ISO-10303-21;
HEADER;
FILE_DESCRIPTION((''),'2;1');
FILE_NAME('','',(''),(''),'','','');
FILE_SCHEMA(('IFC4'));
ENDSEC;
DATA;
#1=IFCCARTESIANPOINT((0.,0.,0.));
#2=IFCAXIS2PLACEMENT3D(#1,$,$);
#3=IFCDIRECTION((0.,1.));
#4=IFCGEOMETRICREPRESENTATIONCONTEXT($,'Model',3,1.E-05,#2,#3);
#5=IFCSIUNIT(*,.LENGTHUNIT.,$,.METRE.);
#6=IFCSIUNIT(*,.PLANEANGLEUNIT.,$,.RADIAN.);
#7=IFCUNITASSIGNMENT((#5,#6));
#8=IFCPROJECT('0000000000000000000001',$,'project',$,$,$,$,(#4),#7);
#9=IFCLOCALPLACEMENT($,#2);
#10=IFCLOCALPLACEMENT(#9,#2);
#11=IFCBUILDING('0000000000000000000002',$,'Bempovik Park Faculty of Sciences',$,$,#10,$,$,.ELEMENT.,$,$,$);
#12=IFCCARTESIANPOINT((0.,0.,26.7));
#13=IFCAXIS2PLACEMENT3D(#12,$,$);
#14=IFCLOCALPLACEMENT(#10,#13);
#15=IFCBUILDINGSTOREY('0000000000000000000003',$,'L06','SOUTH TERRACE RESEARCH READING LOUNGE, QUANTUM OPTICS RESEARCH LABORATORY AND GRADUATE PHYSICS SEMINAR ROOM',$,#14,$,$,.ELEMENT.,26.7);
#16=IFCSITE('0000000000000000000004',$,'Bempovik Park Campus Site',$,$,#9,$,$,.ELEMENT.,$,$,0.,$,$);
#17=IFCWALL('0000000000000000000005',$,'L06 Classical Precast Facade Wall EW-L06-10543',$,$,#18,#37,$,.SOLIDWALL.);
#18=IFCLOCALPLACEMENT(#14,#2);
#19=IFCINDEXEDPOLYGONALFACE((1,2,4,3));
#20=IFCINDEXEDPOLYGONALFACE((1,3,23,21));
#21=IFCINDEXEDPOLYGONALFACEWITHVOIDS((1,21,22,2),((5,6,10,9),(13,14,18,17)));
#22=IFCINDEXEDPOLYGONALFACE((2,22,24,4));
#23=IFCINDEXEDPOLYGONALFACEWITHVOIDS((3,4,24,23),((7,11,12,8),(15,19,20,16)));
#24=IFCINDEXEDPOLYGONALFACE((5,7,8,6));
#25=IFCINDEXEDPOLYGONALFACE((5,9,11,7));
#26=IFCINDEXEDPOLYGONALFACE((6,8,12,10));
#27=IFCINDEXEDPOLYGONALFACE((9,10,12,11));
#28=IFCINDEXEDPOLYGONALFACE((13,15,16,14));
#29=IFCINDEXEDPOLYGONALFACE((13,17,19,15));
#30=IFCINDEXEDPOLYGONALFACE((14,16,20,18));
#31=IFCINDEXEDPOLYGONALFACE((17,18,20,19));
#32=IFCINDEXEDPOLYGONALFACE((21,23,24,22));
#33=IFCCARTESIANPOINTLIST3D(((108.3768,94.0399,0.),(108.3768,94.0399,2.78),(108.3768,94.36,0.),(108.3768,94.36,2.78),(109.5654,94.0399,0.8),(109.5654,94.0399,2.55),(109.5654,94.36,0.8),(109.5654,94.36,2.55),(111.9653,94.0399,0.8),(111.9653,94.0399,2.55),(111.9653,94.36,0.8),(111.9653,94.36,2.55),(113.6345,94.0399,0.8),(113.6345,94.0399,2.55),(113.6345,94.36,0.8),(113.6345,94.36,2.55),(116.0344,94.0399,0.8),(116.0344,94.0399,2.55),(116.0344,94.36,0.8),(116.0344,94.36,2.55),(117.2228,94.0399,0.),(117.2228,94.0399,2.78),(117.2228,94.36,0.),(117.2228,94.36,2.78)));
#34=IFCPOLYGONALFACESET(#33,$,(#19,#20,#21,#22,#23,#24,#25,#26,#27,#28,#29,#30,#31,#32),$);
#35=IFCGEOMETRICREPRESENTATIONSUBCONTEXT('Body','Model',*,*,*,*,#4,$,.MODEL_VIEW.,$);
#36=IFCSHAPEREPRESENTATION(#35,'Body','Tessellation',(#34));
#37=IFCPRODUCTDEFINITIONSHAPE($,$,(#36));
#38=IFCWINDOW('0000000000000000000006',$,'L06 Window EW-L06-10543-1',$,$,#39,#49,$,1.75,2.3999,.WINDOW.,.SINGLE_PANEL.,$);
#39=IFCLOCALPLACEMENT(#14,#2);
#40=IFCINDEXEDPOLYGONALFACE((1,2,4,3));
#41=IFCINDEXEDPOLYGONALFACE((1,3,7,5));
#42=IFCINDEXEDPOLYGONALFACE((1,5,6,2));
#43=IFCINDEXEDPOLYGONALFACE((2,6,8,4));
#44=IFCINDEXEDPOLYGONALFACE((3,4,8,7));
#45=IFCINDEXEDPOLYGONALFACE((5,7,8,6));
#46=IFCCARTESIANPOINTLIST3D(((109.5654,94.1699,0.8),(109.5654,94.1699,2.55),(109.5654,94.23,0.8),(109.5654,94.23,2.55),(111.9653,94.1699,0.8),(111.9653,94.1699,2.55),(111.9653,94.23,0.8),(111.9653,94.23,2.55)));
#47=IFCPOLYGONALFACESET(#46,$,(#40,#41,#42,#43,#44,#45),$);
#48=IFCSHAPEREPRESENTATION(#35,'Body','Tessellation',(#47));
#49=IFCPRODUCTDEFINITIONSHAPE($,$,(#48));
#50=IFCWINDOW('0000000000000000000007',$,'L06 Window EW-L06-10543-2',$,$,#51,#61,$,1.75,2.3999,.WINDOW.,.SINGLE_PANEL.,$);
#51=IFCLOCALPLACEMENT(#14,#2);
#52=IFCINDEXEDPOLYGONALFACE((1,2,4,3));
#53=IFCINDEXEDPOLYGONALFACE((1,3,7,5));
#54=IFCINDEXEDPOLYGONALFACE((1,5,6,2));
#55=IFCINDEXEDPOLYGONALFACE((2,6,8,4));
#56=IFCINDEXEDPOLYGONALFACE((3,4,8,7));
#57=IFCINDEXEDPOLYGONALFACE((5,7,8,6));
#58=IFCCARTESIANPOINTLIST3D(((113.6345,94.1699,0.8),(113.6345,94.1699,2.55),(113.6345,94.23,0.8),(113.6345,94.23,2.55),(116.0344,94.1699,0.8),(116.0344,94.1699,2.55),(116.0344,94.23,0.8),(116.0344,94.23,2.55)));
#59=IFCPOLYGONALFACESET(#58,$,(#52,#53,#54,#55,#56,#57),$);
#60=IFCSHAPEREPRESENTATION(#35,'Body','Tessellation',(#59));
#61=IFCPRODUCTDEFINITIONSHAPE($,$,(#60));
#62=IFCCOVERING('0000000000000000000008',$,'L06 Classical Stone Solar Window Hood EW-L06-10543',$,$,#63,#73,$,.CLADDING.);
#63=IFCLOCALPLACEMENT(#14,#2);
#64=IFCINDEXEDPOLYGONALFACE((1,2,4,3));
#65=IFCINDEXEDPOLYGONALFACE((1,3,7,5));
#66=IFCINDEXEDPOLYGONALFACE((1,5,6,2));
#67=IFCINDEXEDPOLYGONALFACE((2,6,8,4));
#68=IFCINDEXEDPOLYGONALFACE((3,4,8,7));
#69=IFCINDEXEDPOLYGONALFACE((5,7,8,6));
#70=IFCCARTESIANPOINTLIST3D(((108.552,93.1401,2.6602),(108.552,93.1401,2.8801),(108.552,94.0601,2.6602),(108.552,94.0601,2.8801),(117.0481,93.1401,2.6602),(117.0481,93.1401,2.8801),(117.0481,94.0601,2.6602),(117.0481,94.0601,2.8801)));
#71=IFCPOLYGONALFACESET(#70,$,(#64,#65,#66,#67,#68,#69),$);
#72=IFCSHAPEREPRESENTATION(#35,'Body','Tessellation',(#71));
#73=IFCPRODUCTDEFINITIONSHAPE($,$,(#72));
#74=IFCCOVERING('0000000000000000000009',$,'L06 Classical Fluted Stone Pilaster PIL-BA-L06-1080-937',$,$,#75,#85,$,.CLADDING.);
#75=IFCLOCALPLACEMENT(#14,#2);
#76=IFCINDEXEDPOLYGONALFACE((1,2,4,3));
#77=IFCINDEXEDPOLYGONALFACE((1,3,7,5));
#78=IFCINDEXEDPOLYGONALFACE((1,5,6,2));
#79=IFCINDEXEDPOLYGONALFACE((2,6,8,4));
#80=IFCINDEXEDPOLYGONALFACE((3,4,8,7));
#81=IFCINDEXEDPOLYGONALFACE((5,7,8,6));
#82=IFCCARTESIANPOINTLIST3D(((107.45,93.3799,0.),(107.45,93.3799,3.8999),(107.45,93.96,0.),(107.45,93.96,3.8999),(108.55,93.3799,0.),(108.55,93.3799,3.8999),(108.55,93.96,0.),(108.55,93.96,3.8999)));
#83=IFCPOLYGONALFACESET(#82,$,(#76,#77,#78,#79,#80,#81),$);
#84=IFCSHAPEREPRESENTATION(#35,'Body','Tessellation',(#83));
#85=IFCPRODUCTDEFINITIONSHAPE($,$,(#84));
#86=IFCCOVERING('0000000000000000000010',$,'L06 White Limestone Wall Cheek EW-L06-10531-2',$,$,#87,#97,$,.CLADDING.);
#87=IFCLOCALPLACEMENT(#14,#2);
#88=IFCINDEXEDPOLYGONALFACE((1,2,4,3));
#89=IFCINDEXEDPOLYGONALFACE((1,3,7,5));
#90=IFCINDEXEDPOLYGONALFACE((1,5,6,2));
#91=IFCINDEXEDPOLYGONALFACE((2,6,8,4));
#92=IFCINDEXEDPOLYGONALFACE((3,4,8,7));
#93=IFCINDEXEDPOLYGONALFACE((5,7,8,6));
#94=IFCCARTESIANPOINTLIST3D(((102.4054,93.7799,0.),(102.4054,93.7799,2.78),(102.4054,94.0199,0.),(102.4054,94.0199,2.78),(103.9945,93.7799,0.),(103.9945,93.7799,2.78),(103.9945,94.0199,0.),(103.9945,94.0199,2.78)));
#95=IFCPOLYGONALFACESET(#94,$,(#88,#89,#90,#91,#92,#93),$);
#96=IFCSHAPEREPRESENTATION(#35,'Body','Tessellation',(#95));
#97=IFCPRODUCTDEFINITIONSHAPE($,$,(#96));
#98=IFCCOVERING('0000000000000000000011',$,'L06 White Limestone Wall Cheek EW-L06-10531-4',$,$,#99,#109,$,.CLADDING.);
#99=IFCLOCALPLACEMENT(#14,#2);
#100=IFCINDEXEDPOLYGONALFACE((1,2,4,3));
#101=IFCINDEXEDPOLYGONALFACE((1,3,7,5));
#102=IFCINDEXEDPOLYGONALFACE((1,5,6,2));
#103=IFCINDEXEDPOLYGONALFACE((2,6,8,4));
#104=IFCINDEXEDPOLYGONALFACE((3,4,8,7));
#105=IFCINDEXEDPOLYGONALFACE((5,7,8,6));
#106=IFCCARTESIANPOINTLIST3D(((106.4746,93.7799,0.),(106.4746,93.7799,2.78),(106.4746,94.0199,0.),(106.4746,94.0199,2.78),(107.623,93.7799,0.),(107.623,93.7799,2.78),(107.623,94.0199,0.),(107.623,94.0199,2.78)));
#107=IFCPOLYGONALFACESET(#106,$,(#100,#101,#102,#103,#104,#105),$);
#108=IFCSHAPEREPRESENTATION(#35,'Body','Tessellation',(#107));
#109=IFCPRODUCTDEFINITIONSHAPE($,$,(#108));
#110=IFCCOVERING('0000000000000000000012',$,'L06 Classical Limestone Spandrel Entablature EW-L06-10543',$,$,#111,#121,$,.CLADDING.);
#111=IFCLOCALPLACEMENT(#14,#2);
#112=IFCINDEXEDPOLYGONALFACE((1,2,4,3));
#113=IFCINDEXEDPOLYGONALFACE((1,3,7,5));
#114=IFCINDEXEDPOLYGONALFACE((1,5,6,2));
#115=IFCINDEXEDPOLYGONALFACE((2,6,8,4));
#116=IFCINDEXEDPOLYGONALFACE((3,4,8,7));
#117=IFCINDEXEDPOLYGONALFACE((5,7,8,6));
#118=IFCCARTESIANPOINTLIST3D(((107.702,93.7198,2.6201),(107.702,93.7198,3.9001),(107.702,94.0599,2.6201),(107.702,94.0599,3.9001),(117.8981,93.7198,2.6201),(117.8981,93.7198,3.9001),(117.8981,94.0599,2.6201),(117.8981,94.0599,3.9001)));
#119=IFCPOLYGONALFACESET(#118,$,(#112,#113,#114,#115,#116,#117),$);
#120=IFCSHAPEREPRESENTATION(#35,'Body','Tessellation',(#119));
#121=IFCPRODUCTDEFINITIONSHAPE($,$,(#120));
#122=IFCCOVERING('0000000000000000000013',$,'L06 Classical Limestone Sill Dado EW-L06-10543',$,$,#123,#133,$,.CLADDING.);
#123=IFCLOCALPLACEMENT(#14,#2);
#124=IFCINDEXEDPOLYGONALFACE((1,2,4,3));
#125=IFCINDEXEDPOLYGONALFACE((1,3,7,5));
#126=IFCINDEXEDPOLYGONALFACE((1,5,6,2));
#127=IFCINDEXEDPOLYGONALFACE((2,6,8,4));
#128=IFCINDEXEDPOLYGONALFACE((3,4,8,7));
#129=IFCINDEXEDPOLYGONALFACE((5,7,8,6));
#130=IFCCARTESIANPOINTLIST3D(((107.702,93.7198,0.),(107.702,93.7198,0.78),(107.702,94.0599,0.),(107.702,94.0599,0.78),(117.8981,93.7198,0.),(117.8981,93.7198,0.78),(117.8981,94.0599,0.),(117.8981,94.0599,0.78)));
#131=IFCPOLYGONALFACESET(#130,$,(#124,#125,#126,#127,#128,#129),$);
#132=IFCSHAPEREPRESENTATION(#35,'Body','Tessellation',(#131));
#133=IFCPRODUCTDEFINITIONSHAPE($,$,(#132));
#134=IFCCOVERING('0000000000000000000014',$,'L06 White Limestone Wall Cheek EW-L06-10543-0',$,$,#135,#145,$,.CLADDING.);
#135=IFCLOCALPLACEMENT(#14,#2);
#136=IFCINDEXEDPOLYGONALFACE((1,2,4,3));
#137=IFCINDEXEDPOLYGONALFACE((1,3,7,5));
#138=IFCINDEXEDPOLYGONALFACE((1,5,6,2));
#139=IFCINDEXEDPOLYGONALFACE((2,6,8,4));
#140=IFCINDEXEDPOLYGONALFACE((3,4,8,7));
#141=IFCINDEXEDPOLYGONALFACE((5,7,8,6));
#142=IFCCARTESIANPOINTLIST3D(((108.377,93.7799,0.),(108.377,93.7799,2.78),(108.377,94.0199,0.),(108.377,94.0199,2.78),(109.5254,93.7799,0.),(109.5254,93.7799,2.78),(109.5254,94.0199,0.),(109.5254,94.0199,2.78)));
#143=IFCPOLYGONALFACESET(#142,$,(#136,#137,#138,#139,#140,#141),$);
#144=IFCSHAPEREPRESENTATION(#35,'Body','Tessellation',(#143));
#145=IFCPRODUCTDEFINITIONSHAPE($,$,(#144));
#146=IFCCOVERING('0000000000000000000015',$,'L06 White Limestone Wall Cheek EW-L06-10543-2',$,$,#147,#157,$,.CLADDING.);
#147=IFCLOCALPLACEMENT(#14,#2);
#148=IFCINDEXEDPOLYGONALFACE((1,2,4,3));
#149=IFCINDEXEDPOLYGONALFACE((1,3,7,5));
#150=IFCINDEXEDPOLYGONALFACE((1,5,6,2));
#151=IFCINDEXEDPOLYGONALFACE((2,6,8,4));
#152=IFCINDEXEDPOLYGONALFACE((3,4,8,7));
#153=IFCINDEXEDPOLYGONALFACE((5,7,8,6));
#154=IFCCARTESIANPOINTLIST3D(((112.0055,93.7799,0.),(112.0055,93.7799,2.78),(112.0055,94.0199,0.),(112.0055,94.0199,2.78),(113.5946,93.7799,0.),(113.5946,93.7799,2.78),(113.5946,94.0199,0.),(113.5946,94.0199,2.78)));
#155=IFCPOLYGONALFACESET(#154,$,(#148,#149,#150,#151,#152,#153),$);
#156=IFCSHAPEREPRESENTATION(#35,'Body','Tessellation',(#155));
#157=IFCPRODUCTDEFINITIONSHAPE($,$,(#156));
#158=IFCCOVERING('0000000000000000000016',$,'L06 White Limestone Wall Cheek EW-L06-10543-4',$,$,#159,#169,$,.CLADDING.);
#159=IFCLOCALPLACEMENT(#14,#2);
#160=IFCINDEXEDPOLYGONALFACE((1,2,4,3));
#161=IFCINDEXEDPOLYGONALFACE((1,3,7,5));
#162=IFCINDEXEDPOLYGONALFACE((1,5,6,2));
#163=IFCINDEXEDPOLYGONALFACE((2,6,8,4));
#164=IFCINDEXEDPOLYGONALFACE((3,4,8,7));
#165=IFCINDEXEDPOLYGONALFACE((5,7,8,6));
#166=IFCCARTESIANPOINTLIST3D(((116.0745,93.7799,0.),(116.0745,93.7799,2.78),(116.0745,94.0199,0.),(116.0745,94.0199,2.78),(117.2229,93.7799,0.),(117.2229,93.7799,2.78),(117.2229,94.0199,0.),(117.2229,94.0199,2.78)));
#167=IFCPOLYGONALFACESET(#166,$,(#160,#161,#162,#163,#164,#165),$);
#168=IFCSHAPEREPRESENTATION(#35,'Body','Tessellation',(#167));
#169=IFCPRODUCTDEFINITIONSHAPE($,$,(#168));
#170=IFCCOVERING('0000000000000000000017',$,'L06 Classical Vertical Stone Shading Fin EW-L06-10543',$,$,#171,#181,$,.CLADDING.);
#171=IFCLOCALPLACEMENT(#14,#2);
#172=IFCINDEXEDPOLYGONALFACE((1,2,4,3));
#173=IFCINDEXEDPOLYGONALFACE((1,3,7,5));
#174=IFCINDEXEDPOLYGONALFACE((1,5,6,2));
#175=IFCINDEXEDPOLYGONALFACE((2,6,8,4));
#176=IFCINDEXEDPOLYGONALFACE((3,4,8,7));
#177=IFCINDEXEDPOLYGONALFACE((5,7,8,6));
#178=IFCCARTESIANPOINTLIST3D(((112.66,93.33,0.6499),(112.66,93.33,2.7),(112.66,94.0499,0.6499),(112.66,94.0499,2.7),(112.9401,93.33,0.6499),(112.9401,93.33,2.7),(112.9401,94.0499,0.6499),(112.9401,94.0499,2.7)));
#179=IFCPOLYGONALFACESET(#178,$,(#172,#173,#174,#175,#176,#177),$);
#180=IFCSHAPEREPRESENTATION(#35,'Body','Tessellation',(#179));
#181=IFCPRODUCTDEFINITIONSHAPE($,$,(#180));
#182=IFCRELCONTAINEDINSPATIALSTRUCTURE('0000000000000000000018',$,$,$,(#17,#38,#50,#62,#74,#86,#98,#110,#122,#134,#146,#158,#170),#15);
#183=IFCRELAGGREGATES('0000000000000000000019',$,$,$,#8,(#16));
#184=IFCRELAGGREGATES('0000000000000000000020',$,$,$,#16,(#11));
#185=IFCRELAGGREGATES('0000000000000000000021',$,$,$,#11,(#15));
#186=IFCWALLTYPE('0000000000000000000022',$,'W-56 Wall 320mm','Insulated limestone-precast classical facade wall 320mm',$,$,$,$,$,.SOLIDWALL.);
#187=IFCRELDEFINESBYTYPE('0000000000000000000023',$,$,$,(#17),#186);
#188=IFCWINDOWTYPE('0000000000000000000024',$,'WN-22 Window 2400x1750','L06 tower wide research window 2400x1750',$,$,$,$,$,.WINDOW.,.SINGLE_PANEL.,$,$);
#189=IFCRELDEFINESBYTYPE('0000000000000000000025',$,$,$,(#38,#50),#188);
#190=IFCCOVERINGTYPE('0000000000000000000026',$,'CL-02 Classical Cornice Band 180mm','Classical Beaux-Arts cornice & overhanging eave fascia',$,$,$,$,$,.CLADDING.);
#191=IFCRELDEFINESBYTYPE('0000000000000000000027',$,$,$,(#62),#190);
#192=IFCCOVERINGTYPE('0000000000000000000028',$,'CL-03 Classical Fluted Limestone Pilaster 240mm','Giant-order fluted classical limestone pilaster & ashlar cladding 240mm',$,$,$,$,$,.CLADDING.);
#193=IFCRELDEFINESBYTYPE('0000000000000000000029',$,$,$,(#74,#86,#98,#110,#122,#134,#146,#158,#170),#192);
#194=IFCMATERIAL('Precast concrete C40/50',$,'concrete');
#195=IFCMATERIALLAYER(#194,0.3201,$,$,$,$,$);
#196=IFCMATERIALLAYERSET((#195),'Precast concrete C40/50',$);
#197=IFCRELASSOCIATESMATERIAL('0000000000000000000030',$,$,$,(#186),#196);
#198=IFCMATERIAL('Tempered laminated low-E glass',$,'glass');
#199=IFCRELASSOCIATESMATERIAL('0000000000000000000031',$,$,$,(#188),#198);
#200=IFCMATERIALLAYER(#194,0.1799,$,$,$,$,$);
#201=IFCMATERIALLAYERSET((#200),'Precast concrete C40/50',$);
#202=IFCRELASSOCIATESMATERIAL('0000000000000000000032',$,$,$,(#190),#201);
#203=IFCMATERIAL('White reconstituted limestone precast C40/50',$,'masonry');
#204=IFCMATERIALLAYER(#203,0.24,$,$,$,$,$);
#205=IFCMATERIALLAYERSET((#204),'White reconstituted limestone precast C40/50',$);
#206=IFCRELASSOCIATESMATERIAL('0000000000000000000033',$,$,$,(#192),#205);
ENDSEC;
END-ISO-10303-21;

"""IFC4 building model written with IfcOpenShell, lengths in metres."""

from ifc_helpers import new_model, si_unit, direction, frame, frame_2d, origin, origin_2d, place, context, subcontext, project, spatial, rectangle, extrude, material, layer, layer_set, type_object, element, fill, save


model = new_model("IFC4")

# Units and contexts
model_context = context("Model", 3, precision=1e-05, world=origin(), true_north=direction((0.0, 1.0)))
body_context = subcontext(model_context, "Body", "Model", "MODEL_VIEW")
ifc_project = project(units=[si_unit("LENGTHUNIT", "METRE"), si_unit("PLANEANGLEUNIT", "RADIAN")], contexts=[model_context])

# Site, building, storey
site_placement = place(None, origin())
site = spatial("IfcSite", under=ifc_project, at=site_placement, Name="Bempovik Park Campus Site", CompositionType="ELEMENT", RefElevation=0.0)
building_placement = place(site_placement, origin())
building = spatial("IfcBuilding", under=site, at=building_placement, Name="Bempovik Park Faculty of Sciences", CompositionType="ELEMENT")
storey_placement = place(building_placement, frame((0.0, 0.0, 26.7)))
storey = spatial("IfcBuildingStorey", under=building, at=storey_placement, Name="L06", Description="SOUTH TERRACE RESEARCH READING LOUNGE, QUANTUM OPTICS RESEARCH LABORATORY AND GRADUATE PHYSICS SEMINAR ROOM", CompositionType="ELEMENT", Elevation=26.7)

# Wall, openings, windows
ifc_material_1 = material(Name="Precast concrete C40/50", Category="concrete")
ifc_layer_1 = layer(ifc_material_1, 0.3201)
ifc_layer_set_1 = layer_set([ifc_layer_1], Name="Precast concrete C40/50")
wall_type_1 = type_object("IfcWallType", Name="W-56 Wall 320mm", Description="Insulated limestone-precast classical facade wall 320mm", PredefinedType="SOLIDWALL", material=ifc_layer_set_1)
wall_1_placement = place(storey_placement, frame((108.377, 94.2, 0.0), z_axis=(0.0, 0.0, 1.0), x_axis=(1.0, 0.0, 0.0)))
wall_1 = element("IfcWall", 1, at=wall_1_placement, inside=storey, type_object=wall_type_1, Name="L06 Classical Precast Facade Wall EW-L06-10543", PredefinedType="SOLIDWALL", context=body_context, shape_type="SweptSolid", body=[
    extrude(rectangle(XDim=8.8459, YDim=0.3201, at=frame_2d((4.4229, 0.0))), origin(), (0.0, 0.0, 1.0), 2.78),
])
opening_1_placement = place(wall_1_placement, frame((1.1885, 0.0, 0.8)))
opening_1 = element("IfcOpeningElement", 2, at=opening_1_placement, cuts=wall_1, PredefinedType="OPENING", context=body_context, shape_type="SweptSolid", body=[
    extrude(rectangle(XDim=2.3999, YDim=1.75, at=frame_2d((1.2, 0.875))), frame((0.0, 0.1699, 0.0), z_axis=(0.0, -1.0, 0.0), x_axis=(1.0, 0.0, 0.0)), (0.0, 0.0, 1.0), 0.3401),
])
opening_2_placement = place(wall_1_placement, frame((5.2576, 0.0, 0.8)))
opening_2 = element("IfcOpeningElement", 3, at=opening_2_placement, cuts=wall_1, PredefinedType="OPENING", context=body_context, shape_type="SweptSolid", body=[
    extrude(rectangle(XDim=2.3999, YDim=1.75, at=frame_2d((1.2, 0.875))), frame((0.0, 0.1699, 0.0), z_axis=(0.0, -1.0, 0.0), x_axis=(1.0, 0.0, 0.0)), (0.0, 0.0, 1.0), 0.3401),
])
ifc_material_2 = material(Name="Tempered laminated low-E glass", Category="glass")
window_type = type_object("IfcWindowType", Name="WN-22 Window 2400x1750", Description="L06 tower wide research window 2400x1750", PartitioningType="SINGLE_PANEL", PredefinedType="WINDOW", material=ifc_material_2)
window_1_placement = place(opening_1_placement, origin())
window_1 = element("IfcWindow", 4, at=window_1_placement, inside=storey, type_object=window_type, Name="L06 Window EW-L06-10543-1", OverallHeight=1.75, OverallWidth=2.3999, PartitioningType="SINGLE_PANEL", PredefinedType="WINDOW", context=body_context, shape_type="SweptSolid", body=[
    extrude(rectangle(XDim=2.3999, YDim=1.75, at=frame_2d((1.2, 0.875))), frame((0.0, 0.03, 0.0), z_axis=(0.0, -1.0, 0.0), x_axis=(1.0, 0.0, 0.0)), (0.0, 0.0, 1.0), 0.0601),
])
fill(opening_1, window_1)
window_2_placement = place(opening_2_placement, origin())
window_2 = element("IfcWindow", 5, at=window_2_placement, inside=storey, type_object=window_type, Name="L06 Window EW-L06-10543-2", OverallHeight=1.75, OverallWidth=2.3999, PartitioningType="SINGLE_PANEL", PredefinedType="WINDOW", context=body_context, shape_type="SweptSolid", body=[
    extrude(rectangle(XDim=2.3999, YDim=1.75, at=frame_2d((1.2, 0.875))), frame((0.0, 0.03, 0.0), z_axis=(0.0, -1.0, 0.0), x_axis=(1.0, 0.0, 0.0)), (0.0, 0.0, 1.0), 0.0601),
])
fill(opening_2, window_2)

# Coverings
ifc_layer_2 = layer(ifc_material_1, 0.1799)
ifc_layer_set_2 = layer_set([ifc_layer_2], Name="Precast concrete C40/50")
covering_type_1 = type_object("IfcCoveringType", Name="CL-02 Classical Cornice Band 180mm", Description="Classical Beaux-Arts cornice & overhanging eave fascia", PredefinedType="CLADDING", material=ifc_layer_set_2)
covering_1_placement = place(storey_placement, frame((112.8, 93.6001, 2.6602), z_axis=(0.0, 0.0, 1.0), x_axis=(1.0, 0.0, 0.0)))
element("IfcCovering", 6, at=covering_1_placement, inside=storey, type_object=covering_type_1, Name="L06 Classical Stone Solar Window Hood EW-L06-10543", PredefinedType="CLADDING", context=body_context, shape_type="SweptSolid", body=[
    extrude(rectangle(XDim=8.4961, YDim=0.9199, at=origin_2d()), origin(), (0.0, 0.0, 1.0), 0.22),
])
ifc_material_3 = material(Name="White reconstituted limestone precast C40/50", Category="masonry")
ifc_layer_3 = layer(ifc_material_3, 0.24)
ifc_layer_set_3 = layer_set([ifc_layer_3], Name="White reconstituted limestone precast C40/50")
covering_type_2 = type_object("IfcCoveringType", Name="CL-03 Classical Fluted Limestone Pilaster 240mm", Description="Giant-order fluted classical limestone pilaster & ashlar cladding 240mm", PredefinedType="CLADDING", material=ifc_layer_set_3)
covering_2_placement = place(storey_placement, frame((108.0, 93.6699, 0.0), z_axis=(0.0, 0.0, 1.0), x_axis=(1.0, 0.0, 0.0)))
element("IfcCovering", 7, at=covering_2_placement, inside=storey, type_object=covering_type_2, Name="L06 Classical Fluted Stone Pilaster PIL-BA-L06-1080-937", PredefinedType="CLADDING", context=body_context, shape_type="SweptSolid", body=[
    extrude(rectangle(XDim=1.1001, YDim=0.5801, at=origin_2d()), origin(), (0.0, 0.0, 1.0), 3.8999),
])
covering_3_placement = place(storey_placement, frame((103.2, 93.8999, 0.0), z_axis=(0.0, 0.0, 1.0), x_axis=(1.0, 0.0, 0.0)))
element("IfcCovering", 8, at=covering_3_placement, inside=storey, type_object=covering_type_2, Name="L06 White Limestone Wall Cheek EW-L06-10531-2", PredefinedType="CLADDING", context=body_context, shape_type="SweptSolid", body=[
    extrude(rectangle(XDim=1.5891, YDim=0.24, at=origin_2d()), origin(), (0.0, 0.0, 1.0), 2.78),
])
covering_4_placement = place(storey_placement, frame((107.0488, 93.8999, 0.0), z_axis=(0.0, 0.0, 1.0), x_axis=(1.0, 0.0, 0.0)))
element("IfcCovering", 9, at=covering_4_placement, inside=storey, type_object=covering_type_2, Name="L06 White Limestone Wall Cheek EW-L06-10531-4", PredefinedType="CLADDING", context=body_context, shape_type="SweptSolid", body=[
    extrude(rectangle(XDim=1.1484, YDim=0.24, at=origin_2d()), origin(), (0.0, 0.0, 1.0), 2.78),
])
covering_5_placement = place(storey_placement, frame((112.8, 93.8899, 2.6201), z_axis=(0.0, 0.0, 1.0), x_axis=(1.0, 0.0, 0.0)))
element("IfcCovering", 10, at=covering_5_placement, inside=storey, type_object=covering_type_2, Name="L06 Classical Limestone Spandrel Entablature EW-L06-10543", PredefinedType="CLADDING", context=body_context, shape_type="SweptSolid", body=[
    extrude(rectangle(XDim=10.196, YDim=0.3401, at=origin_2d()), origin(), (0.0, 0.0, 1.0), 1.28),
])
covering_6_placement = place(storey_placement, frame((112.8, 93.8899, 0.0), z_axis=(0.0, 0.0, 1.0), x_axis=(1.0, 0.0, 0.0)))
element("IfcCovering", 11, at=covering_6_placement, inside=storey, type_object=covering_type_2, Name="L06 Classical Limestone Sill Dado EW-L06-10543", PredefinedType="CLADDING", context=body_context, shape_type="SweptSolid", body=[
    extrude(rectangle(XDim=10.196, YDim=0.3401, at=origin_2d()), origin(), (0.0, 0.0, 1.0), 0.78),
])
covering_7_placement = place(storey_placement, frame((108.9512, 93.8999, 0.0), z_axis=(0.0, 0.0, 1.0), x_axis=(1.0, 0.0, 0.0)))
element("IfcCovering", 12, at=covering_7_placement, inside=storey, type_object=covering_type_2, Name="L06 White Limestone Wall Cheek EW-L06-10543-0", PredefinedType="CLADDING", context=body_context, shape_type="SweptSolid", body=[
    extrude(rectangle(XDim=1.1484, YDim=0.24, at=origin_2d()), origin(), (0.0, 0.0, 1.0), 2.78),
])
covering_8_placement = place(storey_placement, frame((112.8, 93.8999, 0.0), z_axis=(0.0, 0.0, 1.0), x_axis=(1.0, 0.0, 0.0)))
element("IfcCovering", 13, at=covering_8_placement, inside=storey, type_object=covering_type_2, Name="L06 White Limestone Wall Cheek EW-L06-10543-2", PredefinedType="CLADDING", context=body_context, shape_type="SweptSolid", body=[
    extrude(rectangle(XDim=1.5891, YDim=0.24, at=origin_2d()), origin(), (0.0, 0.0, 1.0), 2.78),
])
covering_9_placement = place(storey_placement, frame((116.6487, 93.8999, 0.0), z_axis=(0.0, 0.0, 1.0), x_axis=(1.0, 0.0, 0.0)))
element("IfcCovering", 14, at=covering_9_placement, inside=storey, type_object=covering_type_2, Name="L06 White Limestone Wall Cheek EW-L06-10543-4", PredefinedType="CLADDING", context=body_context, shape_type="SweptSolid", body=[
    extrude(rectangle(XDim=1.1484, YDim=0.24, at=origin_2d()), origin(), (0.0, 0.0, 1.0), 2.78),
])
covering_10_placement = place(storey_placement, frame((112.8, 93.6899, 0.6499), z_axis=(0.0, 0.0, 1.0), x_axis=(1.0, 0.0, 0.0)))
element("IfcCovering", 15, at=covering_10_placement, inside=storey, type_object=covering_type_2, Name="L06 Classical Vertical Stone Shading Fin EW-L06-10543", PredefinedType="CLADDING", context=body_context, shape_type="SweptSolid", body=[
    extrude(rectangle(XDim=0.28, YDim=0.72, at=origin_2d()), origin(), (0.0, 0.0, 1.0), 2.05),
])

save(model, "model.ifc")
